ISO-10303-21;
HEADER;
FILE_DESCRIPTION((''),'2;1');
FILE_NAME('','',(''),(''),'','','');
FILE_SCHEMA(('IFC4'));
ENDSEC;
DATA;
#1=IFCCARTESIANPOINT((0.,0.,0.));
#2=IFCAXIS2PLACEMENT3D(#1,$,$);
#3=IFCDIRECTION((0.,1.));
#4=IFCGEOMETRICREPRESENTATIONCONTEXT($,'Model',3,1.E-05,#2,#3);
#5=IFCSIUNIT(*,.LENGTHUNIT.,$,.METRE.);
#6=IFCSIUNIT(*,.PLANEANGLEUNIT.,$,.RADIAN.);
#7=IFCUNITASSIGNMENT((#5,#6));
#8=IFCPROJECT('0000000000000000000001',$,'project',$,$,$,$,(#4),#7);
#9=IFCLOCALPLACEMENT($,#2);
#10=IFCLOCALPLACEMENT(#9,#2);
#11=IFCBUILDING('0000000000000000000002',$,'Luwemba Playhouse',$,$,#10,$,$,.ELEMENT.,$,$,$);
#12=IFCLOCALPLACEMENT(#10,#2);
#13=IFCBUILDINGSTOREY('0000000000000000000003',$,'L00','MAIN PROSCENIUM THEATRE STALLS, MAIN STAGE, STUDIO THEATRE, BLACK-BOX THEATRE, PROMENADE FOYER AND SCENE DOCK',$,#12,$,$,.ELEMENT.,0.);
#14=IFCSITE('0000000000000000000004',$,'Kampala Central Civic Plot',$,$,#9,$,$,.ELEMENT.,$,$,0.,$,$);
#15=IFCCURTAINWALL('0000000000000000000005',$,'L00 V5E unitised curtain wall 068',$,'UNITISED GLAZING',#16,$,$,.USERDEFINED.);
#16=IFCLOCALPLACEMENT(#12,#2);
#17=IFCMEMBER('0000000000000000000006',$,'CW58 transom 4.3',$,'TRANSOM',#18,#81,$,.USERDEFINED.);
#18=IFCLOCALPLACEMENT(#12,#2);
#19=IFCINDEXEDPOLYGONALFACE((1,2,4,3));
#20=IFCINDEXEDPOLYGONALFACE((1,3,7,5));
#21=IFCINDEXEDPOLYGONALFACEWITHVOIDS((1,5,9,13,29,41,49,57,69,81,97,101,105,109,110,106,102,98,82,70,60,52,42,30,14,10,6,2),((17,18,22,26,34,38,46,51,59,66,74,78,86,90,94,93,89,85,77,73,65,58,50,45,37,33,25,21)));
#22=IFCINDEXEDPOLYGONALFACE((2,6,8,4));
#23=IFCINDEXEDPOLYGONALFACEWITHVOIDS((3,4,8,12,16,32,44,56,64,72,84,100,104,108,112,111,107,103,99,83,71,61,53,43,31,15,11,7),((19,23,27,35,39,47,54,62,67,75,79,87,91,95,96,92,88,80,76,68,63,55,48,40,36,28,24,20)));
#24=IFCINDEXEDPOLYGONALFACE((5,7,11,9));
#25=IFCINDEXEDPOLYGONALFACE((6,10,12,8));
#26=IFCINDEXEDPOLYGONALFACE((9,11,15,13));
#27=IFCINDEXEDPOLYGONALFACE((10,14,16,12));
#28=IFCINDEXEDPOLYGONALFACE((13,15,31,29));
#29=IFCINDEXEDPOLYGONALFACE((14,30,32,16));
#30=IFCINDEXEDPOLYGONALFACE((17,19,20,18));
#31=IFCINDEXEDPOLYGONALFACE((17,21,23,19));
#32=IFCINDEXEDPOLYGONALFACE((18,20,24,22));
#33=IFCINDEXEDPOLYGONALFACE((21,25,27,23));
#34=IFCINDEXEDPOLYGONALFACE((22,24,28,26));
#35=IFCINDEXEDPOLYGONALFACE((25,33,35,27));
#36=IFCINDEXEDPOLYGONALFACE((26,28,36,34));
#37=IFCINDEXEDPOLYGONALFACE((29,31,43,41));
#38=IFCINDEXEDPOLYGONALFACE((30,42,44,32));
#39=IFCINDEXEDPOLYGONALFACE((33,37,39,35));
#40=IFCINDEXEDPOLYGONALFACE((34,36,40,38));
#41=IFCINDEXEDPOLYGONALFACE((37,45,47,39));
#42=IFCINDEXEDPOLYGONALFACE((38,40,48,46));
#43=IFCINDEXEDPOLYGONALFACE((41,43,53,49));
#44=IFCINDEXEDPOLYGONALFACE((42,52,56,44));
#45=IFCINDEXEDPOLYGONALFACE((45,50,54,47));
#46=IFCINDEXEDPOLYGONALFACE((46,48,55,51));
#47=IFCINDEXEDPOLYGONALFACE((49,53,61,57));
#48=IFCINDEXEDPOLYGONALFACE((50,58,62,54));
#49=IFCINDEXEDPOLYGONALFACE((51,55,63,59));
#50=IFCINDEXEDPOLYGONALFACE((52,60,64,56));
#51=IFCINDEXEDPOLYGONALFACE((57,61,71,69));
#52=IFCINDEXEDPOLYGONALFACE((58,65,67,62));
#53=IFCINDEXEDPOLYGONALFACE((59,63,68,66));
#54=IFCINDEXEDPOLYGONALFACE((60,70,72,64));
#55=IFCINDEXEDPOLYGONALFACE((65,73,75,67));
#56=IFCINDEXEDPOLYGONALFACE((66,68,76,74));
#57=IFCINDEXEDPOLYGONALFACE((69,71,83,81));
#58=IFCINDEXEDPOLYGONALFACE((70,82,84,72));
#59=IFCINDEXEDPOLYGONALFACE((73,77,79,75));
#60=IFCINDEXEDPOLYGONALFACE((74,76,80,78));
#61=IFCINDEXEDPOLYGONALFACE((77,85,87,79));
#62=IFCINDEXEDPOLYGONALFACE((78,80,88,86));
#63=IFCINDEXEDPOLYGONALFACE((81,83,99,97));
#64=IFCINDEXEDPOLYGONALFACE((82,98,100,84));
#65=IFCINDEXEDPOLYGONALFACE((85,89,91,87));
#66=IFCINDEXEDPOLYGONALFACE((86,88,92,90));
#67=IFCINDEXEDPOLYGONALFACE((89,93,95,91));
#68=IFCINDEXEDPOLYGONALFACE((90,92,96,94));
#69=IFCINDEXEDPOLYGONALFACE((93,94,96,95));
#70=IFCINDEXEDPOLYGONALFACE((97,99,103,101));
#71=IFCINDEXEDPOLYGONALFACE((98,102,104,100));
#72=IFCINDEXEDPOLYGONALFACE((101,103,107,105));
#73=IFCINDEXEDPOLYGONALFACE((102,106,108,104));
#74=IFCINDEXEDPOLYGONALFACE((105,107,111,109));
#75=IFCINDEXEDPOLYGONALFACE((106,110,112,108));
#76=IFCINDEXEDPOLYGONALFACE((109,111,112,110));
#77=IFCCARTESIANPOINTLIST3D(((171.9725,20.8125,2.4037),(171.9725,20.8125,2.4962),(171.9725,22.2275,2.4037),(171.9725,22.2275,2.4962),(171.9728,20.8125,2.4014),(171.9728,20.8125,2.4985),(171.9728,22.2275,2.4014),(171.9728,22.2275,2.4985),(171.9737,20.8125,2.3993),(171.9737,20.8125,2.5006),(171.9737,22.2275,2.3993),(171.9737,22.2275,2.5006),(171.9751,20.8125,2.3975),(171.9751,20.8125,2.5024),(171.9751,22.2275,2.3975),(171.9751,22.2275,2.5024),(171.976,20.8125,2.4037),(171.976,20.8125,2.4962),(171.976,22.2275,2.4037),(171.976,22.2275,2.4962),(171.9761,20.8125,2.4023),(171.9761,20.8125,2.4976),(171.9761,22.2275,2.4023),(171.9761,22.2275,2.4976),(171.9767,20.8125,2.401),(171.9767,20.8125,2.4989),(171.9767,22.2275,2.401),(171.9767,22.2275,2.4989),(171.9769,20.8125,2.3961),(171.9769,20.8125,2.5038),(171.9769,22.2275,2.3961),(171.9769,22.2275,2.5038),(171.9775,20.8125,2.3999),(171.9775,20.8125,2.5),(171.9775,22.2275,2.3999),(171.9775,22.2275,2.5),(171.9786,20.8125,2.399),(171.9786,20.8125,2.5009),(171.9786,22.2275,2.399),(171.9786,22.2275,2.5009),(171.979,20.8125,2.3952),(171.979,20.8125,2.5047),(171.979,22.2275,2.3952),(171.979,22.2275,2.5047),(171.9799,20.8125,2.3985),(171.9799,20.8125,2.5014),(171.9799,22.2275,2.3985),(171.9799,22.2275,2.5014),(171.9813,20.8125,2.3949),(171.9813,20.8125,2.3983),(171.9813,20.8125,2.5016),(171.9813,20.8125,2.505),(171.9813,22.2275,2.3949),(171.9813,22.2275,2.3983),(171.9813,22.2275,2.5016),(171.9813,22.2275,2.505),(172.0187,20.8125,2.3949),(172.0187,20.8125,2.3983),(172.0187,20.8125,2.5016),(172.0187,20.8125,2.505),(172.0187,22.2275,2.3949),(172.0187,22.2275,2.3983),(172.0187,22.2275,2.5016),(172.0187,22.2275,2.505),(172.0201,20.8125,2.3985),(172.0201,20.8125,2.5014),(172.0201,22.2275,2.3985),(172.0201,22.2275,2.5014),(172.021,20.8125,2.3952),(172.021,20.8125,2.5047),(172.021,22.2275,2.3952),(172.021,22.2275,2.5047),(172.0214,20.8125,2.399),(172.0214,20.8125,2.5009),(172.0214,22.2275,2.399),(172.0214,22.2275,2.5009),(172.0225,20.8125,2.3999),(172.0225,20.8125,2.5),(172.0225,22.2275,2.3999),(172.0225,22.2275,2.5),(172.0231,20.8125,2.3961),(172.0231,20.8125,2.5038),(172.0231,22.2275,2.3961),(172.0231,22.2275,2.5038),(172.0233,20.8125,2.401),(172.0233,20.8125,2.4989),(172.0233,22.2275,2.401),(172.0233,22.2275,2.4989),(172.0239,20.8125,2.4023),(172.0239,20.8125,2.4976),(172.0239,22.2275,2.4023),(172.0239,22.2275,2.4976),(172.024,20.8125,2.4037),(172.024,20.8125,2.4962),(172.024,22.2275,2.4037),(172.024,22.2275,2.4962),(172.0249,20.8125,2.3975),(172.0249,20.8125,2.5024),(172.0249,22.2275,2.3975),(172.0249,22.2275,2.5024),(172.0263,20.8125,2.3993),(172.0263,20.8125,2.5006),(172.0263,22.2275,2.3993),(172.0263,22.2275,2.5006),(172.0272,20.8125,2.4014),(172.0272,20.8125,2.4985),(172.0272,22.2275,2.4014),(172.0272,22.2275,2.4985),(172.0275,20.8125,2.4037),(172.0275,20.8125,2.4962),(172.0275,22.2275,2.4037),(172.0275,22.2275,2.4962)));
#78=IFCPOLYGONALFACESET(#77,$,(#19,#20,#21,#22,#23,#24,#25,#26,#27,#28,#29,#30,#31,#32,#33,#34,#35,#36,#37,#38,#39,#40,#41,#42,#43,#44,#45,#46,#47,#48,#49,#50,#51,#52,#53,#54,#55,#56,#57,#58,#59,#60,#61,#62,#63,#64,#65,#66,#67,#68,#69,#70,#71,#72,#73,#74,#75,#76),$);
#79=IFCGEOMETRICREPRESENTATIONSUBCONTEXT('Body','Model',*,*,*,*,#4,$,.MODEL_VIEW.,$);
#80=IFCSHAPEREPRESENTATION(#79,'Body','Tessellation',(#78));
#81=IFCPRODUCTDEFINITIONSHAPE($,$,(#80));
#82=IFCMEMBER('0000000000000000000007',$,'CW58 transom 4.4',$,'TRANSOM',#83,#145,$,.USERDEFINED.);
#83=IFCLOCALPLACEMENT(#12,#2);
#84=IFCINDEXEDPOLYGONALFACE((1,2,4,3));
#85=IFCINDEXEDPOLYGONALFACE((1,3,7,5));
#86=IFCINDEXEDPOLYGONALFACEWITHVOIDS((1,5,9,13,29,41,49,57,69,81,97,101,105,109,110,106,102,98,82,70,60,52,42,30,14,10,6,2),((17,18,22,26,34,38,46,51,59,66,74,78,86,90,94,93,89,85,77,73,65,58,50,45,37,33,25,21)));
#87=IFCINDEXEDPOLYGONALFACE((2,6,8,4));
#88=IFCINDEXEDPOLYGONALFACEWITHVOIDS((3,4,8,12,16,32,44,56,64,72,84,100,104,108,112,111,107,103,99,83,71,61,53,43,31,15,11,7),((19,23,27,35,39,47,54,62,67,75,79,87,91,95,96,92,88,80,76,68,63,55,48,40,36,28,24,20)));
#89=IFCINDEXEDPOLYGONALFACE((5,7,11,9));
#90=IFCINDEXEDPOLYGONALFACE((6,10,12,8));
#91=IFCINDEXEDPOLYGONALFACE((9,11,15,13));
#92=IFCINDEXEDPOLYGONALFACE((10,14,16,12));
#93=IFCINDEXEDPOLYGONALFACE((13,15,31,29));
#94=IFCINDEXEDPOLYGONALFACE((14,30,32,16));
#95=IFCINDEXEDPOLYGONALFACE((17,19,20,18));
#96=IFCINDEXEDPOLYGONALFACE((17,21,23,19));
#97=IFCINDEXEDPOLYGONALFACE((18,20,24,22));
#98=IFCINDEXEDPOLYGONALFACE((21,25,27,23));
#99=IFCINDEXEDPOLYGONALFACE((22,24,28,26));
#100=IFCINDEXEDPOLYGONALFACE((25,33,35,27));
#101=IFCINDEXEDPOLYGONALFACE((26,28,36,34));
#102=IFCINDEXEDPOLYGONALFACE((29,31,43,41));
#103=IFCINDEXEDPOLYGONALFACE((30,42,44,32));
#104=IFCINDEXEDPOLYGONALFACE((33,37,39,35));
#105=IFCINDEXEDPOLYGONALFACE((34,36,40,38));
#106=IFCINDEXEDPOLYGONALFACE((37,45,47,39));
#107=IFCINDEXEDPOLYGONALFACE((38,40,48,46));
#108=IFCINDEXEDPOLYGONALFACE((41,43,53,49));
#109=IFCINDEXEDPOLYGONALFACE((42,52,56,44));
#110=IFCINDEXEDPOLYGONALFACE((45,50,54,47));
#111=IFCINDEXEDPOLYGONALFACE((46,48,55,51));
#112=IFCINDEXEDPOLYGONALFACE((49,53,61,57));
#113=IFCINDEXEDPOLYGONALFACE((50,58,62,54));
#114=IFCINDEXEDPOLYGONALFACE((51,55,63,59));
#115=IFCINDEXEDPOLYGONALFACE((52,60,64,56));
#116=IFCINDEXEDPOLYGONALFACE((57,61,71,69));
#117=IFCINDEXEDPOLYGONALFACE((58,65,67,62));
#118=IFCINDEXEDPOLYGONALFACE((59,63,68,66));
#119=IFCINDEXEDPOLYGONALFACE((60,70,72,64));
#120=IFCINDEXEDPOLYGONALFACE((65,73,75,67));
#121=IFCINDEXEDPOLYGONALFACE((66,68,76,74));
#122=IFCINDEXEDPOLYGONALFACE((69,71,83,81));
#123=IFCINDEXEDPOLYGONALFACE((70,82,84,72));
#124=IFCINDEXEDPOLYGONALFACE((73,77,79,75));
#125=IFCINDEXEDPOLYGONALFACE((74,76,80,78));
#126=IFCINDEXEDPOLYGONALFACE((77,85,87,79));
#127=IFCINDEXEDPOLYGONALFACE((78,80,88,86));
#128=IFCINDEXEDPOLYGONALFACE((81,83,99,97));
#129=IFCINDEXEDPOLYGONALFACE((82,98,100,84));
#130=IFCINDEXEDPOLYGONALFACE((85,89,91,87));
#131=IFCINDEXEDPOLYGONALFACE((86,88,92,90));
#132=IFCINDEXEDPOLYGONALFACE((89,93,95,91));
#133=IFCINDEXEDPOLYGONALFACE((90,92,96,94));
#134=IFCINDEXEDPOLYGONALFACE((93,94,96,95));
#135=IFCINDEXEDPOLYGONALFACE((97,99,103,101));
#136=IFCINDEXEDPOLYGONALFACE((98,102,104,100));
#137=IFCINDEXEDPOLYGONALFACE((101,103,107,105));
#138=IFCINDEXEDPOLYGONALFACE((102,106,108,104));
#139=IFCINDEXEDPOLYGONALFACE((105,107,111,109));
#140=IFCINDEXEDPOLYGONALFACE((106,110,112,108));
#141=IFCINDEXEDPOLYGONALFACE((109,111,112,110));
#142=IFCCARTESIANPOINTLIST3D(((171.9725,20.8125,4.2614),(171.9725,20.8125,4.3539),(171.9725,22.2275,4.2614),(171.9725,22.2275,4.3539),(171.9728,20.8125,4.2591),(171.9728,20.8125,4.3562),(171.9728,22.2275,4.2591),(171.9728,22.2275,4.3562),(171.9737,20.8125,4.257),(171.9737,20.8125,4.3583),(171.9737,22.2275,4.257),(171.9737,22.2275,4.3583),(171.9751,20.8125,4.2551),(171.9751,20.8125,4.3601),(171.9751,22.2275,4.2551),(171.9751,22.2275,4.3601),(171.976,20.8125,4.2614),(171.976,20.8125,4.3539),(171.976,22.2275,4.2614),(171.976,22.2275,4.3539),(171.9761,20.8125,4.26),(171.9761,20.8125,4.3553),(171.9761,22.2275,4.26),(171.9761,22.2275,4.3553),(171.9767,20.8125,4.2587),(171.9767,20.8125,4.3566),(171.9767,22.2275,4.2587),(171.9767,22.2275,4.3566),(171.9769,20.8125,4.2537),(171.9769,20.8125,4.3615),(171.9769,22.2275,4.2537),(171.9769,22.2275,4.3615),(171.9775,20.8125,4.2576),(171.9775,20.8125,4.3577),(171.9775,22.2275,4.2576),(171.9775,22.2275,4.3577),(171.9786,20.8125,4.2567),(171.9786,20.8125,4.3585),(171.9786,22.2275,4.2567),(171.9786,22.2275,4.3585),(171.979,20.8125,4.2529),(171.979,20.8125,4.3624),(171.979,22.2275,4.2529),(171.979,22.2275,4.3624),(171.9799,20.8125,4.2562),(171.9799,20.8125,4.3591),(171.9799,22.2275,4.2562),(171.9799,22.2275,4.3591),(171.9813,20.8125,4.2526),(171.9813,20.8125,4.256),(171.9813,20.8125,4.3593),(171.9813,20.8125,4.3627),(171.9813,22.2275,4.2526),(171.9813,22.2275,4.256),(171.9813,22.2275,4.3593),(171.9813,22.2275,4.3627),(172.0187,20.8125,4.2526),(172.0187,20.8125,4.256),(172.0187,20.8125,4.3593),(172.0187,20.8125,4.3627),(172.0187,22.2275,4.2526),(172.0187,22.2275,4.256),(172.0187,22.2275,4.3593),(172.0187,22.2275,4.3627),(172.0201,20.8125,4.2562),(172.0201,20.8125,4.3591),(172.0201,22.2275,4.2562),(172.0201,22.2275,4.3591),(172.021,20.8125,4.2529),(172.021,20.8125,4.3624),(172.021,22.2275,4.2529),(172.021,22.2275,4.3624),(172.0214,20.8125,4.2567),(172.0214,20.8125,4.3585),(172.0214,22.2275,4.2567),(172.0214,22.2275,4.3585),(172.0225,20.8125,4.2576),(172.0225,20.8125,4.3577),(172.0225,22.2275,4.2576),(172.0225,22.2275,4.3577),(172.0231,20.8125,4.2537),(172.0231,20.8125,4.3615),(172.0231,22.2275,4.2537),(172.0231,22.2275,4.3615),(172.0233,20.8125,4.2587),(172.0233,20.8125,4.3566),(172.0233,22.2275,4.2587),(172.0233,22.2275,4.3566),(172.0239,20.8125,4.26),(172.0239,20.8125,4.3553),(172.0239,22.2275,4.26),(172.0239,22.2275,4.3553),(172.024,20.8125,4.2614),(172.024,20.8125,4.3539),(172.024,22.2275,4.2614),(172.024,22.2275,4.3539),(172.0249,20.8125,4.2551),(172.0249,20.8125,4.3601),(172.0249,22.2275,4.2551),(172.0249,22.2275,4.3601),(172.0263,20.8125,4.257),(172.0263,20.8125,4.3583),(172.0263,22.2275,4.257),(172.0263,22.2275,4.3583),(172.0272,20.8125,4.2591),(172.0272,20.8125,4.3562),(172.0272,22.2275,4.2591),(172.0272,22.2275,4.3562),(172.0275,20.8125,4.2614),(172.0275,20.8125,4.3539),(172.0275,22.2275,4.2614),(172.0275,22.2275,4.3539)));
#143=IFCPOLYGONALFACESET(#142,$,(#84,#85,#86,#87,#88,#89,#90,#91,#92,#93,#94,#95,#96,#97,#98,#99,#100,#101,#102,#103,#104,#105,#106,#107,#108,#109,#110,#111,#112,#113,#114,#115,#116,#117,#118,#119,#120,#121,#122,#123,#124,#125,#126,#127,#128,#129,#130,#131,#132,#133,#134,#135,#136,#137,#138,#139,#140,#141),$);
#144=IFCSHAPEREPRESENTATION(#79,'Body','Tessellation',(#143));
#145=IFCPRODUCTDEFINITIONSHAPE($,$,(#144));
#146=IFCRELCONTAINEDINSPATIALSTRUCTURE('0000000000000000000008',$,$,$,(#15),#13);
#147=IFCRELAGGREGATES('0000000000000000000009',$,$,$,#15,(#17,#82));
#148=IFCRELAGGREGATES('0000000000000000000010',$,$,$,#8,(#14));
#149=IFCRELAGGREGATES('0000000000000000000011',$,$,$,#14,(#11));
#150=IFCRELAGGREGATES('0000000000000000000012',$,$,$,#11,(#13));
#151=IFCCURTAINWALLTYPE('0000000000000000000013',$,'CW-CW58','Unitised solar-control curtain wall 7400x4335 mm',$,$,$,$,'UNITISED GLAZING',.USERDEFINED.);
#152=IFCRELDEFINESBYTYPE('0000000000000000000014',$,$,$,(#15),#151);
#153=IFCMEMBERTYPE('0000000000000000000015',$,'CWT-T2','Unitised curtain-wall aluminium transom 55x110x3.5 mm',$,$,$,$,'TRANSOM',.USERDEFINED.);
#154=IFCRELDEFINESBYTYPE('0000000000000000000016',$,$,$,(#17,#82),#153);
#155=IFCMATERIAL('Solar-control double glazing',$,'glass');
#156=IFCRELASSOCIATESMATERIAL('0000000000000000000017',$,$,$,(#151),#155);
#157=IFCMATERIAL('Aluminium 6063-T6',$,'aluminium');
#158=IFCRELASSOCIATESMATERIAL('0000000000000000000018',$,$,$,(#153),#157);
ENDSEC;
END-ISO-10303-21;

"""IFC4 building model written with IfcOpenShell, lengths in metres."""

from ifc_helpers import new_model, si_unit, direction, frame, origin, origin_2d, place, context, subcontext, project, spatial, hollow_rectangle, extrude, material, material_profile, profile_set, type_object, element, aggregate, save


model = new_model("IFC4")

# Units and contexts
model_context = context("Model", 3, precision=1e-05, world=origin(), true_north=direction((0.0, 1.0)))
body_context = subcontext(model_context, "Body", "Model", "MODEL_VIEW")
ifc_project = project(units=[si_unit("LENGTHUNIT", "METRE"), si_unit("PLANEANGLEUNIT", "RADIAN")], contexts=[model_context])

# Site, building, storey
site_placement = place(None, origin())
site = spatial("IfcSite", under=ifc_project, at=site_placement, Name="Kampala Central Civic Plot", CompositionType="ELEMENT", RefElevation=0.0)
building_placement = place(site_placement, origin())
building = spatial("IfcBuilding", under=site, at=building_placement, Name="Luwemba Playhouse", CompositionType="ELEMENT")
storey_placement = place(building_placement, origin())
storey = spatial("IfcBuildingStorey", under=building, at=storey_placement, Name="L00", Description="MAIN PROSCENIUM THEATRE STALLS, MAIN STAGE, STUDIO THEATRE, BLACK-BOX THEATRE, PROMENADE FOYER AND SCENE DOCK", CompositionType="ELEMENT", Elevation=0.0)

# Curtain wall
ifc_material_1 = material(Name="Solar-control double glazing", Category="glass")
curtain_wall_type_1 = type_object("IfcCurtainWallType", Name="CW-CW58", Description="Unitised solar-control curtain wall 7400x4335 mm", ElementType="UNITISED GLAZING", PredefinedType="USERDEFINED", material=ifc_material_1)
curtain_wall_1_placement = place(storey_placement, origin())
curtain_wall_1 = element("IfcCurtainWall", 1, at=curtain_wall_1_placement, inside=storey, type_object=curtain_wall_type_1, Name="L00 V5E unitised curtain wall 068", ObjectType="UNITISED GLAZING", PredefinedType="USERDEFINED")
ifc_material_2 = material(Name="Aluminium 6063-T6", Category="aluminium")

# Members
ifc_material_profile_1 = material_profile(ifc_material_2, hollow_rectangle(XDim=0.0549, YDim=0.1101, WallThickness=0.0034, InnerFilletRadius=0.0054, OuterFilletRadius=0.0088, at=origin_2d()))
ifc_profile_set_1 = profile_set([ifc_material_profile_1], Name="Aluminium 6063-T6")
member_type_1 = type_object("IfcMemberType", Name="CWT-T2", Description="Unitised curtain-wall aluminium transom 55x110x3.5 mm", ElementType="TRANSOM", PredefinedType="USERDEFINED", material=ifc_profile_set_1)
member_1_placement = place(storey_placement, frame((172.0, 22.2275, 2.45), z_axis=(0.0, -1.0, 0.0), x_axis=(1.0, 0.0, 0.0)))
member_1 = element("IfcMember", 2, at=member_1_placement, type_object=member_type_1, Name="CW58 transom 4.3", ObjectType="TRANSOM", PredefinedType="USERDEFINED", context=body_context, shape_type="SweptSolid", body=[
    extrude(hollow_rectangle(XDim=0.0549, YDim=0.1101, WallThickness=0.0034, InnerFilletRadius=0.0054, OuterFilletRadius=0.0088, at=origin_2d()), origin(), (0.0, 0.0, 1.0), 1.415),
])
member_2_placement = place(storey_placement, frame((172.0, 22.2275, 4.3076), z_axis=(0.0, -1.0, 0.0), x_axis=(1.0, 0.0, 0.0)))
member_2 = element("IfcMember", 3, at=member_2_placement, type_object=member_type_1, Name="CW58 transom 4.4", ObjectType="TRANSOM", PredefinedType="USERDEFINED", context=body_context, shape_type="SweptSolid", body=[
    extrude(hollow_rectangle(XDim=0.0549, YDim=0.1101, WallThickness=0.0034, InnerFilletRadius=0.0054, OuterFilletRadius=0.0088, at=origin_2d()), origin(), (0.0, 0.0, 1.0), 1.415),
])

aggregate(curtain_wall_1, [member_1, member_2])

save(model, "model.ifc")
